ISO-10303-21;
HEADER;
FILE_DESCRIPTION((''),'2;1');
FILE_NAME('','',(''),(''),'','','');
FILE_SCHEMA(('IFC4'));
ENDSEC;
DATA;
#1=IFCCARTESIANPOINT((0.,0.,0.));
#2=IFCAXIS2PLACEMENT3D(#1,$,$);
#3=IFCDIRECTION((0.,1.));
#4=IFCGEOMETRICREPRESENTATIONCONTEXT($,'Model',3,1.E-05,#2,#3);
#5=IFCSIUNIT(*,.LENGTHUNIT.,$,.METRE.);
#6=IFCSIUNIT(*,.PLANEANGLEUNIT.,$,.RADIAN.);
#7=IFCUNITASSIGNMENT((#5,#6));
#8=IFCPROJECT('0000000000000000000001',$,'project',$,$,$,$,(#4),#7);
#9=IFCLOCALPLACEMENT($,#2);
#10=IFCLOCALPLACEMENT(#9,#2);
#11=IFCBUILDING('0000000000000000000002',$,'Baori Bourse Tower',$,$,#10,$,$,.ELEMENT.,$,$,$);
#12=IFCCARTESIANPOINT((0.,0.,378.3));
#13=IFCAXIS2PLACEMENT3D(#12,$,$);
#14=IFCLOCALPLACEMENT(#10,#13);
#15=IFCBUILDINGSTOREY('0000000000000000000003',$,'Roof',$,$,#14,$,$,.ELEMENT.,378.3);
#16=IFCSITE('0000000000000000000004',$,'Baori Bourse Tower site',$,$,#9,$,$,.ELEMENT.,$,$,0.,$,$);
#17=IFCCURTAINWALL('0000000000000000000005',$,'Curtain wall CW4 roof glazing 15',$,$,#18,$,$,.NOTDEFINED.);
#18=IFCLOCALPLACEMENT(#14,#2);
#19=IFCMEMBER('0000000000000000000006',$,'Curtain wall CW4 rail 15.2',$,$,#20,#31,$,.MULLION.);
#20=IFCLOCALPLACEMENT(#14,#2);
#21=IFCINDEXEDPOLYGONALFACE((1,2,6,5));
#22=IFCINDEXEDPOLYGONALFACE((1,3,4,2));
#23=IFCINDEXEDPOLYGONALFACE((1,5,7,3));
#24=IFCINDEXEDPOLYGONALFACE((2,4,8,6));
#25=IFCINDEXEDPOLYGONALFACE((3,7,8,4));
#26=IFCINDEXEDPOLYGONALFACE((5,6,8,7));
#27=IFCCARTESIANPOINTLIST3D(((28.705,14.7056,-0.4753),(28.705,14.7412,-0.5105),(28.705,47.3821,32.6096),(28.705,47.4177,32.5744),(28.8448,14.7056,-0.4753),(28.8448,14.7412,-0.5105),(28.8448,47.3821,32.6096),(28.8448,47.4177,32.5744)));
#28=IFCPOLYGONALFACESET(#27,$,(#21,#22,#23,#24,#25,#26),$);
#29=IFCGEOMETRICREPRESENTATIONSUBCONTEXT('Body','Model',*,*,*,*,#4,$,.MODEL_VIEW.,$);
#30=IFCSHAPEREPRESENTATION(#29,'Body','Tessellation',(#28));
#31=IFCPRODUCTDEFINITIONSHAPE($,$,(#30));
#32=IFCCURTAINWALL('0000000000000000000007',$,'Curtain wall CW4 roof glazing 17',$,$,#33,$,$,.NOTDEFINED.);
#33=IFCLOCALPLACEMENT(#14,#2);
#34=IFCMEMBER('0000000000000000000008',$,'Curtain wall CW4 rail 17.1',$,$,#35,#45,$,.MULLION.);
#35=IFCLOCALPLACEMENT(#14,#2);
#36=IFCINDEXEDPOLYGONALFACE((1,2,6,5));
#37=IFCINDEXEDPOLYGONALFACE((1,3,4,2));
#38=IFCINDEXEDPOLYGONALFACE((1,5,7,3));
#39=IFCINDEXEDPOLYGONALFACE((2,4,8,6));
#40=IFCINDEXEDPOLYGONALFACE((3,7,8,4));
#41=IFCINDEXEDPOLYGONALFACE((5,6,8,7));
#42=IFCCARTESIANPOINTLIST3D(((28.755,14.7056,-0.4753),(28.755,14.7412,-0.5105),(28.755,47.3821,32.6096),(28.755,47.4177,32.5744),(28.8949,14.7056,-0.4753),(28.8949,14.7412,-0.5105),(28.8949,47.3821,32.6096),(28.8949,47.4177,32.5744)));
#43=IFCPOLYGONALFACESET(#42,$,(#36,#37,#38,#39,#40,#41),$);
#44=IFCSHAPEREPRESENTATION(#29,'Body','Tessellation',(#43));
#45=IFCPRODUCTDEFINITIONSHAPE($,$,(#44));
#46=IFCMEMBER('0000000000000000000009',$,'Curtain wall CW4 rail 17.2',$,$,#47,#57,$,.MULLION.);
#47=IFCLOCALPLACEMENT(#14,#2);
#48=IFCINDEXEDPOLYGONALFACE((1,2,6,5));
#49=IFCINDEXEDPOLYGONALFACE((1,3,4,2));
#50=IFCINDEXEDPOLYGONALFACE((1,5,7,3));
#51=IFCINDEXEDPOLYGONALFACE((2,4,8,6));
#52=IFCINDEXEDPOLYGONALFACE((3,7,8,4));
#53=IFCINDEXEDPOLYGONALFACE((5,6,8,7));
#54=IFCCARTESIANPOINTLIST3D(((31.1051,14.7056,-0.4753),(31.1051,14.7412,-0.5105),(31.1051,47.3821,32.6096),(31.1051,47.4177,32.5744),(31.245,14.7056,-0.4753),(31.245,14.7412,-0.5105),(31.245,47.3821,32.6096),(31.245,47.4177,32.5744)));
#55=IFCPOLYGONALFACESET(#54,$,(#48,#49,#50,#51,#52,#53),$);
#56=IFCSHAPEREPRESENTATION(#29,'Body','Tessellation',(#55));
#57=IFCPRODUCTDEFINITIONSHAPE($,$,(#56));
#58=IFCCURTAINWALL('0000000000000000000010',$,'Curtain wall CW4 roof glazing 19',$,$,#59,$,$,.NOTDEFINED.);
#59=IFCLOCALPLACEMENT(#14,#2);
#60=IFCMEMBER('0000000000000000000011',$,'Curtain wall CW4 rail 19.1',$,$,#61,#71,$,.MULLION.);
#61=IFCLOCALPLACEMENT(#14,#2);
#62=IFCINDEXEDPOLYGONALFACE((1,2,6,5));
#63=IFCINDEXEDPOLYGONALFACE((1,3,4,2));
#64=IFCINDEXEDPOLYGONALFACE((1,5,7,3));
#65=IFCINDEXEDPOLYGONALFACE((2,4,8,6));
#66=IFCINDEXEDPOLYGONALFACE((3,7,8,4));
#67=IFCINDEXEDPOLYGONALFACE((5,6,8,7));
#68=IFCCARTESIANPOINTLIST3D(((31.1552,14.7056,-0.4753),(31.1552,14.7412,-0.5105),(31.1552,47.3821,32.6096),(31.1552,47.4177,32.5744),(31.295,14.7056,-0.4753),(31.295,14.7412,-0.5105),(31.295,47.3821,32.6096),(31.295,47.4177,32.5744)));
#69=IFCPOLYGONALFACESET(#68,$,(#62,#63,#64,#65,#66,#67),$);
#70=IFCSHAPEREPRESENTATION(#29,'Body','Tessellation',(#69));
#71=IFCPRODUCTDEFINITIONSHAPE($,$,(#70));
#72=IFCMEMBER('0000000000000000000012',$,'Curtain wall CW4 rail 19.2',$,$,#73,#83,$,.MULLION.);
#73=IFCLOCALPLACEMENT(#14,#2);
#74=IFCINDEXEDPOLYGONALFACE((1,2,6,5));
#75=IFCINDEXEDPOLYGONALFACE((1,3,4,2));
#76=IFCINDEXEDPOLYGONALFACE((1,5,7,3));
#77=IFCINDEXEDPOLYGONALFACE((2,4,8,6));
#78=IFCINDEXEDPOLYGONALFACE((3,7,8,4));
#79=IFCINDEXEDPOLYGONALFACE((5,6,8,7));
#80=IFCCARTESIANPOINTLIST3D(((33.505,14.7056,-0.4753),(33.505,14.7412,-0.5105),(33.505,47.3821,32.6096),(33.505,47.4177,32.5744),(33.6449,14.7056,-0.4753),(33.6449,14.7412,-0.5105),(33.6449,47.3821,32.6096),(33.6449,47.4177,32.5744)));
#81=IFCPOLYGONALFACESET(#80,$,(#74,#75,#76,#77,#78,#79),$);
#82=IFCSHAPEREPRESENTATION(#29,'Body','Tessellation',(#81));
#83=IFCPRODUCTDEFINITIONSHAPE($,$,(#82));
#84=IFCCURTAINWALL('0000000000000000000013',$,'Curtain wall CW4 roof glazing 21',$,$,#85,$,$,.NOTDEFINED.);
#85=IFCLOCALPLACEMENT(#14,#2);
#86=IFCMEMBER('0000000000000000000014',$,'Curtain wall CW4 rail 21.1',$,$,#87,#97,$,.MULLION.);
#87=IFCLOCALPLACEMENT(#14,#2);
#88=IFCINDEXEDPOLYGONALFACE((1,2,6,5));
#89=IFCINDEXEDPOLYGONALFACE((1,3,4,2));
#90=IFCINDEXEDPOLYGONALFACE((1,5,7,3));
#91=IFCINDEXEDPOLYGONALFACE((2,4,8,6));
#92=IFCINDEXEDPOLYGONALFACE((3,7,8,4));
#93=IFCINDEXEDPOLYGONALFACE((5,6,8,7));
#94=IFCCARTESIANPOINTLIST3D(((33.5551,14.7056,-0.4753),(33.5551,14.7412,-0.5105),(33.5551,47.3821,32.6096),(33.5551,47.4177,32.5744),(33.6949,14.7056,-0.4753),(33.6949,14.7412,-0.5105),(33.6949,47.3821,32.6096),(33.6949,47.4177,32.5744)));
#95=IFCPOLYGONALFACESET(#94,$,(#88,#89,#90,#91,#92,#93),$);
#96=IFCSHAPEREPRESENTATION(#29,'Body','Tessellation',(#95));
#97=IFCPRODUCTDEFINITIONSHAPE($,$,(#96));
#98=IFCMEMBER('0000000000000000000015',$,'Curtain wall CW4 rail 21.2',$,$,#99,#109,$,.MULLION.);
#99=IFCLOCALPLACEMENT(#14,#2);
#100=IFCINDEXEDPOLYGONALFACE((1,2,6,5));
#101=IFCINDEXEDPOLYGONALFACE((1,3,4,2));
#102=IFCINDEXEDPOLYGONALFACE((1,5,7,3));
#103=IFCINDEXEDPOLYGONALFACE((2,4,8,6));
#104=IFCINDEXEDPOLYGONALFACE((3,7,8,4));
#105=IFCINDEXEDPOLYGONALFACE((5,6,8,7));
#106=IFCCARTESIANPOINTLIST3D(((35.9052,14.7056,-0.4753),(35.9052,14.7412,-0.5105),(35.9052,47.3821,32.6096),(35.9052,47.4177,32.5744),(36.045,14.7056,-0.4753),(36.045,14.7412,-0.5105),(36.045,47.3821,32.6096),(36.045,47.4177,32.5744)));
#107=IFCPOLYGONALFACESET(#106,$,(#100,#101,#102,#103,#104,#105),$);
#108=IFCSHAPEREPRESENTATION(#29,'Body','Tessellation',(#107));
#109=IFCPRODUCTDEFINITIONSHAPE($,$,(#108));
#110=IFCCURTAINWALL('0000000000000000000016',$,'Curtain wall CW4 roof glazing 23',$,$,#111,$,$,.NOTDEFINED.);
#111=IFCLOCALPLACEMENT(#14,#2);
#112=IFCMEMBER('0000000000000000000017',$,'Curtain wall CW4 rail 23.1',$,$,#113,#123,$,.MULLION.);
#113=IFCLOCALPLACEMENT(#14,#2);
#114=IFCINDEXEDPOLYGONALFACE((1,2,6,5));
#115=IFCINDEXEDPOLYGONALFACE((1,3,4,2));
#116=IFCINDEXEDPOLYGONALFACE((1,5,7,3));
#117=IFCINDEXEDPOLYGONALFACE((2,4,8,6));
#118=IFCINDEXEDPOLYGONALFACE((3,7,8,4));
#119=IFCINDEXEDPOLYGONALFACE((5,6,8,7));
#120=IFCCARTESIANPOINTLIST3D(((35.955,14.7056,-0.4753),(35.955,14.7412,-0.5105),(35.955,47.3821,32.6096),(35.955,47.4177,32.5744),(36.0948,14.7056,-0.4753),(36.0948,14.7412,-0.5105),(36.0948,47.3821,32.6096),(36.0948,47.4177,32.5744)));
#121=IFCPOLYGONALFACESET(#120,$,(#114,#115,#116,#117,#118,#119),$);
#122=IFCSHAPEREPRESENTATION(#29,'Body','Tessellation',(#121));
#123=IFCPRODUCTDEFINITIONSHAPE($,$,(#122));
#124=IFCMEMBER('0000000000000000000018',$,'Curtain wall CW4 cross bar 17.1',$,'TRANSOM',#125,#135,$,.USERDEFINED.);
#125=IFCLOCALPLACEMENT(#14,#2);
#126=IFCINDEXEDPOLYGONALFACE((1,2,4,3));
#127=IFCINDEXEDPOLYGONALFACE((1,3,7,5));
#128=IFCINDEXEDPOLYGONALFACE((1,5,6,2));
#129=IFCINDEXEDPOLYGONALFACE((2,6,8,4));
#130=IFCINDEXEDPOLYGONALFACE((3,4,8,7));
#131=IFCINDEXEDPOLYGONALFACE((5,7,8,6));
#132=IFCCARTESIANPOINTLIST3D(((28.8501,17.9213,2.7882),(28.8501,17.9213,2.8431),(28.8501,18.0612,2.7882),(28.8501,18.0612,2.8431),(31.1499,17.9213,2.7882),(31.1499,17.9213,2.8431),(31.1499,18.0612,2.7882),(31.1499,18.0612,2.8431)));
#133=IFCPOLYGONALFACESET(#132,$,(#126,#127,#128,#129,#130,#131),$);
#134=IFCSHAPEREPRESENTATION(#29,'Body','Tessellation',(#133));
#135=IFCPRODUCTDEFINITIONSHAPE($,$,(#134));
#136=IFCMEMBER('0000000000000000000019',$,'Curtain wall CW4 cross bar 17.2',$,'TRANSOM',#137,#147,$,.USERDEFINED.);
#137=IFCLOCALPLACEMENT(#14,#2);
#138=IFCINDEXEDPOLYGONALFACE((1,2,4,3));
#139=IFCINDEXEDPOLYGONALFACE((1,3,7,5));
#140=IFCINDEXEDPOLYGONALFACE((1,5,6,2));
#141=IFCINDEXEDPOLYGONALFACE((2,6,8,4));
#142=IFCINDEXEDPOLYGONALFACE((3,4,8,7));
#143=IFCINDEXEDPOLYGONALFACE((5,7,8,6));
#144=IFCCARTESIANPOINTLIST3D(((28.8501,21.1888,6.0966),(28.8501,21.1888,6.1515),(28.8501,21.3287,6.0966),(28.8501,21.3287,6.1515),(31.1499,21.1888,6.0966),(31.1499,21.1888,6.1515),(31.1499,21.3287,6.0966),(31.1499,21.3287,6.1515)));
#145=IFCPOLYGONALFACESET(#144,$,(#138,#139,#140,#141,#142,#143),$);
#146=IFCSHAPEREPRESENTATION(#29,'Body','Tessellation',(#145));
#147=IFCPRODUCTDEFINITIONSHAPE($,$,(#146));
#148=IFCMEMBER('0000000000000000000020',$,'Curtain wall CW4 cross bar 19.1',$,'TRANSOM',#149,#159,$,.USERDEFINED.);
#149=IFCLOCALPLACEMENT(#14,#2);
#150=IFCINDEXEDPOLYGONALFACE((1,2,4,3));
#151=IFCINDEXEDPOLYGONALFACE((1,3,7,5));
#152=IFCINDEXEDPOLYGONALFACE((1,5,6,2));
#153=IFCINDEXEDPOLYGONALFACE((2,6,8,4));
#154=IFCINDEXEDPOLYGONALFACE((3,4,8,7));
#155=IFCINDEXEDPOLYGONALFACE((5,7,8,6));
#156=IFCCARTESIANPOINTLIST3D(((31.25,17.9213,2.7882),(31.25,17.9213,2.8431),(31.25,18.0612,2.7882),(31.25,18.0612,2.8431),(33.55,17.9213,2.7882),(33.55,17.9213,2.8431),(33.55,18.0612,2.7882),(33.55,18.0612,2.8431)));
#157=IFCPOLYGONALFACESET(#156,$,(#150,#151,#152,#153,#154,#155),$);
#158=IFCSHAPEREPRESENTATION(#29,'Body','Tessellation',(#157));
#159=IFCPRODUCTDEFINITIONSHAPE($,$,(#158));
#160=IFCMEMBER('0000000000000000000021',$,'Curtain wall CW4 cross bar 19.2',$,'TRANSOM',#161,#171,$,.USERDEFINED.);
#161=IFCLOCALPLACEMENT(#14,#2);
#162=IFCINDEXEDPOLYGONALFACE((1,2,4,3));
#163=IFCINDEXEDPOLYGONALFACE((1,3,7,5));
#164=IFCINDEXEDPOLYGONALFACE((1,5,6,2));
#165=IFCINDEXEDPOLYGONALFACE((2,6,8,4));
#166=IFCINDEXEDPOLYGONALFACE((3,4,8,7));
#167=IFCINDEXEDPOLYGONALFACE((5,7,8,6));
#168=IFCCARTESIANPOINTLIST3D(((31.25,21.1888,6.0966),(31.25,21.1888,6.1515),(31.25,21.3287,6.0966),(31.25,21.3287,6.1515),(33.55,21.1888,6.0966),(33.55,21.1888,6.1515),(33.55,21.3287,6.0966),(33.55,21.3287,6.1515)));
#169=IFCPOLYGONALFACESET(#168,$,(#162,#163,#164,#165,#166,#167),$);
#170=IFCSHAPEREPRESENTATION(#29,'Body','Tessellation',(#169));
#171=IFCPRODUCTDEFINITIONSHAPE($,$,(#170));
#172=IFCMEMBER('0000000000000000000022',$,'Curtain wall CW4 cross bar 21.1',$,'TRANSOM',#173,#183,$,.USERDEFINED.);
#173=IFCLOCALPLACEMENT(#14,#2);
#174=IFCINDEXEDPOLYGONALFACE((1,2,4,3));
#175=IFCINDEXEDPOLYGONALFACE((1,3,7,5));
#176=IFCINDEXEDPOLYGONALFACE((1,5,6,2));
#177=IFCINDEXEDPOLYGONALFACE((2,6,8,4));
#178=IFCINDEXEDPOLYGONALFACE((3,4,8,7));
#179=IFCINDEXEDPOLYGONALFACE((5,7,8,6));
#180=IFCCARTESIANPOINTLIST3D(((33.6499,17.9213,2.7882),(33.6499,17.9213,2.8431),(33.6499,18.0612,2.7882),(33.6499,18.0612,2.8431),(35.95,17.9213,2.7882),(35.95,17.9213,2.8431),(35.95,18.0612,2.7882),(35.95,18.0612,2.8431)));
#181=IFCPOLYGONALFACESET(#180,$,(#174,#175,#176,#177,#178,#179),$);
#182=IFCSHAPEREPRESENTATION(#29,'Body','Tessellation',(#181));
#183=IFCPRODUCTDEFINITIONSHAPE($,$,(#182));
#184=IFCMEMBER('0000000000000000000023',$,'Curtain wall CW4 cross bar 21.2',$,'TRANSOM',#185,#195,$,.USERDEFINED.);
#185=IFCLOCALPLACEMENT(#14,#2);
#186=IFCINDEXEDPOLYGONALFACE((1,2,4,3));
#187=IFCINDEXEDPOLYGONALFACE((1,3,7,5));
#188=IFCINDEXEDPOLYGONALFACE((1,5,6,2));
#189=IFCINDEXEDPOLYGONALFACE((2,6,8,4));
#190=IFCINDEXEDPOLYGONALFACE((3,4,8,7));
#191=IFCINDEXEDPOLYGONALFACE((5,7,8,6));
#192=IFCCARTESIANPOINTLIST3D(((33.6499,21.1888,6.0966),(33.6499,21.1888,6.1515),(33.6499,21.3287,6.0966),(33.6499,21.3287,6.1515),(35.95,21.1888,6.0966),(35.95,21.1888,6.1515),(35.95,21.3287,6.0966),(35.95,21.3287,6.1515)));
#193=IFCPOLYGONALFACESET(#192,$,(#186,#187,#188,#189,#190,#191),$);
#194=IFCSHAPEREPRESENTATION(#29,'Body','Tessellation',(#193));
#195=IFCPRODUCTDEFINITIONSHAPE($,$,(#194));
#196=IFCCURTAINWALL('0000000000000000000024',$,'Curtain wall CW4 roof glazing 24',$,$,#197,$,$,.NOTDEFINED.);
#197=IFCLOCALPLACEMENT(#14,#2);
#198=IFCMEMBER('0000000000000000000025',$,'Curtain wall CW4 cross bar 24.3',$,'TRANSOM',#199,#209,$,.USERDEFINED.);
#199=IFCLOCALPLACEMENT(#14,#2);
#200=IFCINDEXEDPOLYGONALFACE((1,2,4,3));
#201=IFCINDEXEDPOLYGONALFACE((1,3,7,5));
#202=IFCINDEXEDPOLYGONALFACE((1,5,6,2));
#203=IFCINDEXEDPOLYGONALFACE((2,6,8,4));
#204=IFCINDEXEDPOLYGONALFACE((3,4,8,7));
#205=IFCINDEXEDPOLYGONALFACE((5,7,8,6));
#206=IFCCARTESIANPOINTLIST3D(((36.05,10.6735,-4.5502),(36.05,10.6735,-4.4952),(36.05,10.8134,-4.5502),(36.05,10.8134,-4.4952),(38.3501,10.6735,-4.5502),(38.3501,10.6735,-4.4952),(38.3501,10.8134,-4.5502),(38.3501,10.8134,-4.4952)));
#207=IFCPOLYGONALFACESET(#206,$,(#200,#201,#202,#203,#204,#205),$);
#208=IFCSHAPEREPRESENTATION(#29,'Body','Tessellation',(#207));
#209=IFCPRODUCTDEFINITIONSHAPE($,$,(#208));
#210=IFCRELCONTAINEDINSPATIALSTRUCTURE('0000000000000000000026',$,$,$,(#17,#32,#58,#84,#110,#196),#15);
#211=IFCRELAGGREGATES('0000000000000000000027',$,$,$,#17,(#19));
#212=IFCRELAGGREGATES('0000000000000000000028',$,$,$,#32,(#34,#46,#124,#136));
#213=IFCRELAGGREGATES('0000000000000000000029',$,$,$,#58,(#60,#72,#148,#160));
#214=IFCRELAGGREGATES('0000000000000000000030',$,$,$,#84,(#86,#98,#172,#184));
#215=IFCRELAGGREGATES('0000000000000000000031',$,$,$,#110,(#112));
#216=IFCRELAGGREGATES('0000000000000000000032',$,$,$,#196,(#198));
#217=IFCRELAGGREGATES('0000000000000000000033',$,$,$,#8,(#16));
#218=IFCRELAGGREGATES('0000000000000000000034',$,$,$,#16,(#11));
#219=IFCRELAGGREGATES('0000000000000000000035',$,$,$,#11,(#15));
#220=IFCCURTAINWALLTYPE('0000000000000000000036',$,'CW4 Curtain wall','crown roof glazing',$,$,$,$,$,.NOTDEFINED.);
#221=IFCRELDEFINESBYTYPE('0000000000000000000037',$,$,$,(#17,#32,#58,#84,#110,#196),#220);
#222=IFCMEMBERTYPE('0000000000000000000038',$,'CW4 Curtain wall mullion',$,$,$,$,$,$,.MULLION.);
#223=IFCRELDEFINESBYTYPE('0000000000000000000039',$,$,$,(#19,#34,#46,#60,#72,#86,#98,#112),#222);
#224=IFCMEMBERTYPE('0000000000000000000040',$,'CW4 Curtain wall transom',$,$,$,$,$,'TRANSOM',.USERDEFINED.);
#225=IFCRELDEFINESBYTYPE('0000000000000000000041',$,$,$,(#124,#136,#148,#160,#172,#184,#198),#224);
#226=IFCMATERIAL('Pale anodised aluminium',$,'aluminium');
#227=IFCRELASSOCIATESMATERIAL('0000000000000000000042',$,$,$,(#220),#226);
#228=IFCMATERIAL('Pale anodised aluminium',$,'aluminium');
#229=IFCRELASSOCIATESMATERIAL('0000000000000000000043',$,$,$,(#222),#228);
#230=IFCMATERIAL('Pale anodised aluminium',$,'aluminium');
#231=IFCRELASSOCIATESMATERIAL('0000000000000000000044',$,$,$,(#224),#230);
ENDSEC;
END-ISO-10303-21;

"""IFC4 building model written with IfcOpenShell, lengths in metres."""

from ifc_helpers import new_model, si_unit, direction, frame, origin, origin_2d, place, context, subcontext, project, spatial, rectangle, extrude, material, material_profile, profile_set, type_object, element, aggregate, save


model = new_model("IFC4")

# Units and contexts
model_context = context("Model", 3, precision=1e-05, world=origin(), true_north=direction((0.0, 1.0)))
body_context = subcontext(model_context, "Body", "Model", "MODEL_VIEW")
ifc_project = project(units=[si_unit("LENGTHUNIT", "METRE"), si_unit("PLANEANGLEUNIT", "RADIAN")], contexts=[model_context])

# Site, building, storey
site_placement = place(None, origin())
site = spatial("IfcSite", under=ifc_project, at=site_placement, Name="Baori Bourse Tower site", CompositionType="ELEMENT", RefElevation=0.0)
building_placement = place(site_placement, origin())
building = spatial("IfcBuilding", under=site, at=building_placement, Name="Baori Bourse Tower", CompositionType="ELEMENT")
storey_placement = place(building_placement, frame((0.0, 0.0, 378.3)))
storey = spatial("IfcBuildingStorey", under=building, at=storey_placement, Name="Roof", CompositionType="ELEMENT", Elevation=378.3)

# Curtain wall, member
ifc_material_1 = material(Name="Pale anodised aluminium", Category="aluminium")
curtain_wall_type = type_object("IfcCurtainWallType", Name="CW4 Curtain wall", Description="crown roof glazing", PredefinedType="NOTDEFINED", material=ifc_material_1)
curtain_wall_1_placement = place(storey_placement, origin())
curtain_wall_1 = element("IfcCurtainWall", 1, at=curtain_wall_1_placement, inside=storey, type_object=curtain_wall_type, Name="Curtain wall CW4 roof glazing 15", PredefinedType="NOTDEFINED")
ifc_material_2 = material(Name="Pale anodised aluminium", Category="aluminium")
ifc_material_profile_1 = material_profile(ifc_material_2, rectangle(XDim=0.1399, YDim=0.05, at=origin_2d()), Name="Mullion 50x140")
ifc_profile_set_1 = profile_set([ifc_material_profile_1], Name="Pale anodised aluminium")
member_type_1 = type_object("IfcMemberType", Name="CW4 Curtain wall mullion", PredefinedType="MULLION", material=ifc_profile_set_1)
member_1_placement = place(storey_placement, frame((28.7749, 14.7234, -0.4929), z_axis=(0.0, 0.702701, 0.711485), x_axis=(-1.0, 0.0, 0.0)))
member_1 = element("IfcMember", 2, at=member_1_placement, type_object=member_type_1, Name="Curtain wall CW4 rail 15.2", PredefinedType="MULLION", context=body_context, shape_type="SweptSolid", body=[
    extrude(rectangle(XDim=0.1399, YDim=0.05, at=origin_2d()), origin(), (0.0, 0.0, 1.0), 46.5012),
])
aggregate(curtain_wall_1, [member_1])

# Curtain walls, members
curtain_wall_2_placement = place(storey_placement, origin())
curtain_wall_2 = element("IfcCurtainWall", 3, at=curtain_wall_2_placement, inside=storey, type_object=curtain_wall_type, Name="Curtain wall CW4 roof glazing 17", PredefinedType="NOTDEFINED")
member_2_placement = place(storey_placement, frame((28.825, 14.7234, -0.4929), z_axis=(0.0, 0.702701, 0.711485), x_axis=(-1.0, 0.0, 0.0)))
member_2 = element("IfcMember", 4, at=member_2_placement, type_object=member_type_1, Name="Curtain wall CW4 rail 17.1", PredefinedType="MULLION", context=body_context, shape_type="SweptSolid", body=[
    extrude(rectangle(XDim=0.1399, YDim=0.05, at=origin_2d()), origin(), (0.0, 0.0, 1.0), 46.5012),
])
member_3_placement = place(storey_placement, frame((31.175, 14.7234, -0.4929), z_axis=(0.0, 0.702701, 0.711485), x_axis=(-1.0, 0.0, 0.0)))
member_3 = element("IfcMember", 5, at=member_3_placement, type_object=member_type_1, Name="Curtain wall CW4 rail 17.2", PredefinedType="MULLION", context=body_context, shape_type="SweptSolid", body=[
    extrude(rectangle(XDim=0.1399, YDim=0.05, at=origin_2d()), origin(), (0.0, 0.0, 1.0), 46.5012),
])
curtain_wall_3_placement = place(storey_placement, origin())
curtain_wall_3 = element("IfcCurtainWall", 6, at=curtain_wall_3_placement, inside=storey, type_object=curtain_wall_type, Name="Curtain wall CW4 roof glazing 19", PredefinedType="NOTDEFINED")
member_4_placement = place(storey_placement, frame((31.2251, 14.7234, -0.4929), z_axis=(0.0, 0.702701, 0.711485), x_axis=(-1.0, 0.0, 0.0)))
member_4 = element("IfcMember", 7, at=member_4_placement, type_object=member_type_1, Name="Curtain wall CW4 rail 19.1", PredefinedType="MULLION", context=body_context, shape_type="SweptSolid", body=[
    extrude(rectangle(XDim=0.1399, YDim=0.05, at=origin_2d()), origin(), (0.0, 0.0, 1.0), 46.5012),
])
member_5_placement = place(storey_placement, frame((33.575, 14.7234, -0.4929), z_axis=(0.0, 0.702701, 0.711485), x_axis=(-1.0, 0.0, 0.0)))
member_5 = element("IfcMember", 8, at=member_5_placement, type_object=member_type_1, Name="Curtain wall CW4 rail 19.2", PredefinedType="MULLION", context=body_context, shape_type="SweptSolid", body=[
    extrude(rectangle(XDim=0.1399, YDim=0.05, at=origin_2d()), origin(), (0.0, 0.0, 1.0), 46.5012),
])
curtain_wall_4_placement = place(storey_placement, origin())
curtain_wall_4 = element("IfcCurtainWall", 9, at=curtain_wall_4_placement, inside=storey, type_object=curtain_wall_type, Name="Curtain wall CW4 roof glazing 21", PredefinedType="NOTDEFINED")
member_6_placement = place(storey_placement, frame((33.625, 14.7234, -0.4929), z_axis=(0.0, 0.702701, 0.711485), x_axis=(-1.0, 0.0, 0.0)))
member_6 = element("IfcMember", 10, at=member_6_placement, type_object=member_type_1, Name="Curtain wall CW4 rail 21.1", PredefinedType="MULLION", context=body_context, shape_type="SweptSolid", body=[
    extrude(rectangle(XDim=0.1399, YDim=0.05, at=origin_2d()), origin(), (0.0, 0.0, 1.0), 46.5012),
])
member_7_placement = place(storey_placement, frame((35.9751, 14.7234, -0.4929), z_axis=(0.0, 0.702701, 0.711485), x_axis=(-1.0, 0.0, 0.0)))
member_7 = element("IfcMember", 11, at=member_7_placement, type_object=member_type_1, Name="Curtain wall CW4 rail 21.2", PredefinedType="MULLION", context=body_context, shape_type="SweptSolid", body=[
    extrude(rectangle(XDim=0.1399, YDim=0.05, at=origin_2d()), origin(), (0.0, 0.0, 1.0), 46.5012),
])

# Curtain wall, member
curtain_wall_5_placement = place(storey_placement, origin())
curtain_wall_5 = element("IfcCurtainWall", 12, at=curtain_wall_5_placement, inside=storey, type_object=curtain_wall_type, Name="Curtain wall CW4 roof glazing 23", PredefinedType="NOTDEFINED")
member_8_placement = place(storey_placement, frame((36.0249, 14.7234, -0.4929), z_axis=(0.0, 0.702701, 0.711485), x_axis=(-1.0, 0.0, 0.0)))
member_8 = element("IfcMember", 13, at=member_8_placement, type_object=member_type_1, Name="Curtain wall CW4 rail 23.1", PredefinedType="MULLION", context=body_context, shape_type="SweptSolid", body=[
    extrude(rectangle(XDim=0.1399, YDim=0.05, at=origin_2d()), origin(), (0.0, 0.0, 1.0), 46.5012),
])

# Members
ifc_material_3 = material(Name="Pale anodised aluminium", Category="aluminium")
ifc_material_profile_2 = material_profile(ifc_material_3, rectangle(XDim=0.1399, YDim=0.0549, at=origin_2d()), Name="Transom 55x140")
ifc_profile_set_2 = profile_set([ifc_material_profile_2], Name="Pale anodised aluminium")
member_type_2 = type_object("IfcMemberType", Name="CW4 Curtain wall transom", ElementType="TRANSOM", PredefinedType="USERDEFINED", material=ifc_profile_set_2)
member_9_placement = place(storey_placement, frame((28.8501, 17.9912, 2.8157), z_axis=(1.0, 0.0, 0.0), x_axis=(0.0, 1.0, 0.0)))
member_9 = element("IfcMember", 14, at=member_9_placement, type_object=member_type_2, Name="Curtain wall CW4 cross bar 17.1", ObjectType="TRANSOM", PredefinedType="USERDEFINED", context=body_context, shape_type="SweptSolid", body=[
    extrude(rectangle(XDim=0.1399, YDim=0.0549, at=origin_2d()), origin(), (0.0, 0.0, 1.0), 2.2998),
])
member_10_placement = place(storey_placement, frame((28.8501, 21.2588, 6.124), z_axis=(1.0, 0.0, 0.0), x_axis=(0.0, 1.0, 0.0)))
member_10 = element("IfcMember", 15, at=member_10_placement, type_object=member_type_2, Name="Curtain wall CW4 cross bar 17.2", ObjectType="TRANSOM", PredefinedType="USERDEFINED", context=body_context, shape_type="SweptSolid", body=[
    extrude(rectangle(XDim=0.1399, YDim=0.0549, at=origin_2d()), origin(), (0.0, 0.0, 1.0), 2.2998),
])
member_11_placement = place(storey_placement, frame((31.25, 17.9912, 2.8157), z_axis=(1.0, 0.0, 0.0), x_axis=(0.0, 1.0, 0.0)))
member_11 = element("IfcMember", 16, at=member_11_placement, type_object=member_type_2, Name="Curtain wall CW4 cross bar 19.1", ObjectType="TRANSOM", PredefinedType="USERDEFINED", context=body_context, shape_type="SweptSolid", body=[
    extrude(rectangle(XDim=0.1399, YDim=0.0549, at=origin_2d()), origin(), (0.0, 0.0, 1.0), 2.3),
])
member_12_placement = place(storey_placement, frame((31.25, 21.2588, 6.124), z_axis=(1.0, 0.0, 0.0), x_axis=(0.0, 1.0, 0.0)))
member_12 = element("IfcMember", 17, at=member_12_placement, type_object=member_type_2, Name="Curtain wall CW4 cross bar 19.2", ObjectType="TRANSOM", PredefinedType="USERDEFINED", context=body_context, shape_type="SweptSolid", body=[
    extrude(rectangle(XDim=0.1399, YDim=0.0549, at=origin_2d()), origin(), (0.0, 0.0, 1.0), 2.3),
])
member_13_placement = place(storey_placement, frame((33.6499, 17.9912, 2.8157), z_axis=(1.0, 0.0, 0.0), x_axis=(0.0, 1.0, 0.0)))
member_13 = element("IfcMember", 18, at=member_13_placement, type_object=member_type_2, Name="Curtain wall CW4 cross bar 21.1", ObjectType="TRANSOM", PredefinedType="USERDEFINED", context=body_context, shape_type="SweptSolid", body=[
    extrude(rectangle(XDim=0.1399, YDim=0.0549, at=origin_2d()), origin(), (0.0, 0.0, 1.0), 2.3),
])
member_14_placement = place(storey_placement, frame((33.6499, 21.2588, 6.124), z_axis=(1.0, 0.0, 0.0), x_axis=(0.0, 1.0, 0.0)))
member_14 = element("IfcMember", 19, at=member_14_placement, type_object=member_type_2, Name="Curtain wall CW4 cross bar 21.2", ObjectType="TRANSOM", PredefinedType="USERDEFINED", context=body_context, shape_type="SweptSolid", body=[
    extrude(rectangle(XDim=0.1399, YDim=0.0549, at=origin_2d()), origin(), (0.0, 0.0, 1.0), 2.3),
])

# Curtain wall, member
curtain_wall_6_placement = place(storey_placement, origin())
curtain_wall_6 = element("IfcCurtainWall", 20, at=curtain_wall_6_placement, inside=storey, type_object=curtain_wall_type, Name="Curtain wall CW4 roof glazing 24", PredefinedType="NOTDEFINED")
member_15_placement = place(storey_placement, frame((36.05, 10.7434, -4.5227), z_axis=(1.0, 0.0, 0.0), x_axis=(0.0, 1.0, 0.0)))
member_15 = element("IfcMember", 21, at=member_15_placement, type_object=member_type_2, Name="Curtain wall CW4 cross bar 24.3", ObjectType="TRANSOM", PredefinedType="USERDEFINED", context=body_context, shape_type="SweptSolid", body=[
    extrude(rectangle(XDim=0.1399, YDim=0.0549, at=origin_2d()), origin(), (0.0, 0.0, 1.0), 2.3),
])

aggregate(curtain_wall_2, [member_2, member_3, member_9, member_10])

aggregate(curtain_wall_3, [member_4, member_5, member_11, member_12])

aggregate(curtain_wall_4, [member_6, member_7, member_13, member_14])

aggregate(curtain_wall_5, [member_8])
aggregate(curtain_wall_6, [member_15])

save(model, "model.ifc")
